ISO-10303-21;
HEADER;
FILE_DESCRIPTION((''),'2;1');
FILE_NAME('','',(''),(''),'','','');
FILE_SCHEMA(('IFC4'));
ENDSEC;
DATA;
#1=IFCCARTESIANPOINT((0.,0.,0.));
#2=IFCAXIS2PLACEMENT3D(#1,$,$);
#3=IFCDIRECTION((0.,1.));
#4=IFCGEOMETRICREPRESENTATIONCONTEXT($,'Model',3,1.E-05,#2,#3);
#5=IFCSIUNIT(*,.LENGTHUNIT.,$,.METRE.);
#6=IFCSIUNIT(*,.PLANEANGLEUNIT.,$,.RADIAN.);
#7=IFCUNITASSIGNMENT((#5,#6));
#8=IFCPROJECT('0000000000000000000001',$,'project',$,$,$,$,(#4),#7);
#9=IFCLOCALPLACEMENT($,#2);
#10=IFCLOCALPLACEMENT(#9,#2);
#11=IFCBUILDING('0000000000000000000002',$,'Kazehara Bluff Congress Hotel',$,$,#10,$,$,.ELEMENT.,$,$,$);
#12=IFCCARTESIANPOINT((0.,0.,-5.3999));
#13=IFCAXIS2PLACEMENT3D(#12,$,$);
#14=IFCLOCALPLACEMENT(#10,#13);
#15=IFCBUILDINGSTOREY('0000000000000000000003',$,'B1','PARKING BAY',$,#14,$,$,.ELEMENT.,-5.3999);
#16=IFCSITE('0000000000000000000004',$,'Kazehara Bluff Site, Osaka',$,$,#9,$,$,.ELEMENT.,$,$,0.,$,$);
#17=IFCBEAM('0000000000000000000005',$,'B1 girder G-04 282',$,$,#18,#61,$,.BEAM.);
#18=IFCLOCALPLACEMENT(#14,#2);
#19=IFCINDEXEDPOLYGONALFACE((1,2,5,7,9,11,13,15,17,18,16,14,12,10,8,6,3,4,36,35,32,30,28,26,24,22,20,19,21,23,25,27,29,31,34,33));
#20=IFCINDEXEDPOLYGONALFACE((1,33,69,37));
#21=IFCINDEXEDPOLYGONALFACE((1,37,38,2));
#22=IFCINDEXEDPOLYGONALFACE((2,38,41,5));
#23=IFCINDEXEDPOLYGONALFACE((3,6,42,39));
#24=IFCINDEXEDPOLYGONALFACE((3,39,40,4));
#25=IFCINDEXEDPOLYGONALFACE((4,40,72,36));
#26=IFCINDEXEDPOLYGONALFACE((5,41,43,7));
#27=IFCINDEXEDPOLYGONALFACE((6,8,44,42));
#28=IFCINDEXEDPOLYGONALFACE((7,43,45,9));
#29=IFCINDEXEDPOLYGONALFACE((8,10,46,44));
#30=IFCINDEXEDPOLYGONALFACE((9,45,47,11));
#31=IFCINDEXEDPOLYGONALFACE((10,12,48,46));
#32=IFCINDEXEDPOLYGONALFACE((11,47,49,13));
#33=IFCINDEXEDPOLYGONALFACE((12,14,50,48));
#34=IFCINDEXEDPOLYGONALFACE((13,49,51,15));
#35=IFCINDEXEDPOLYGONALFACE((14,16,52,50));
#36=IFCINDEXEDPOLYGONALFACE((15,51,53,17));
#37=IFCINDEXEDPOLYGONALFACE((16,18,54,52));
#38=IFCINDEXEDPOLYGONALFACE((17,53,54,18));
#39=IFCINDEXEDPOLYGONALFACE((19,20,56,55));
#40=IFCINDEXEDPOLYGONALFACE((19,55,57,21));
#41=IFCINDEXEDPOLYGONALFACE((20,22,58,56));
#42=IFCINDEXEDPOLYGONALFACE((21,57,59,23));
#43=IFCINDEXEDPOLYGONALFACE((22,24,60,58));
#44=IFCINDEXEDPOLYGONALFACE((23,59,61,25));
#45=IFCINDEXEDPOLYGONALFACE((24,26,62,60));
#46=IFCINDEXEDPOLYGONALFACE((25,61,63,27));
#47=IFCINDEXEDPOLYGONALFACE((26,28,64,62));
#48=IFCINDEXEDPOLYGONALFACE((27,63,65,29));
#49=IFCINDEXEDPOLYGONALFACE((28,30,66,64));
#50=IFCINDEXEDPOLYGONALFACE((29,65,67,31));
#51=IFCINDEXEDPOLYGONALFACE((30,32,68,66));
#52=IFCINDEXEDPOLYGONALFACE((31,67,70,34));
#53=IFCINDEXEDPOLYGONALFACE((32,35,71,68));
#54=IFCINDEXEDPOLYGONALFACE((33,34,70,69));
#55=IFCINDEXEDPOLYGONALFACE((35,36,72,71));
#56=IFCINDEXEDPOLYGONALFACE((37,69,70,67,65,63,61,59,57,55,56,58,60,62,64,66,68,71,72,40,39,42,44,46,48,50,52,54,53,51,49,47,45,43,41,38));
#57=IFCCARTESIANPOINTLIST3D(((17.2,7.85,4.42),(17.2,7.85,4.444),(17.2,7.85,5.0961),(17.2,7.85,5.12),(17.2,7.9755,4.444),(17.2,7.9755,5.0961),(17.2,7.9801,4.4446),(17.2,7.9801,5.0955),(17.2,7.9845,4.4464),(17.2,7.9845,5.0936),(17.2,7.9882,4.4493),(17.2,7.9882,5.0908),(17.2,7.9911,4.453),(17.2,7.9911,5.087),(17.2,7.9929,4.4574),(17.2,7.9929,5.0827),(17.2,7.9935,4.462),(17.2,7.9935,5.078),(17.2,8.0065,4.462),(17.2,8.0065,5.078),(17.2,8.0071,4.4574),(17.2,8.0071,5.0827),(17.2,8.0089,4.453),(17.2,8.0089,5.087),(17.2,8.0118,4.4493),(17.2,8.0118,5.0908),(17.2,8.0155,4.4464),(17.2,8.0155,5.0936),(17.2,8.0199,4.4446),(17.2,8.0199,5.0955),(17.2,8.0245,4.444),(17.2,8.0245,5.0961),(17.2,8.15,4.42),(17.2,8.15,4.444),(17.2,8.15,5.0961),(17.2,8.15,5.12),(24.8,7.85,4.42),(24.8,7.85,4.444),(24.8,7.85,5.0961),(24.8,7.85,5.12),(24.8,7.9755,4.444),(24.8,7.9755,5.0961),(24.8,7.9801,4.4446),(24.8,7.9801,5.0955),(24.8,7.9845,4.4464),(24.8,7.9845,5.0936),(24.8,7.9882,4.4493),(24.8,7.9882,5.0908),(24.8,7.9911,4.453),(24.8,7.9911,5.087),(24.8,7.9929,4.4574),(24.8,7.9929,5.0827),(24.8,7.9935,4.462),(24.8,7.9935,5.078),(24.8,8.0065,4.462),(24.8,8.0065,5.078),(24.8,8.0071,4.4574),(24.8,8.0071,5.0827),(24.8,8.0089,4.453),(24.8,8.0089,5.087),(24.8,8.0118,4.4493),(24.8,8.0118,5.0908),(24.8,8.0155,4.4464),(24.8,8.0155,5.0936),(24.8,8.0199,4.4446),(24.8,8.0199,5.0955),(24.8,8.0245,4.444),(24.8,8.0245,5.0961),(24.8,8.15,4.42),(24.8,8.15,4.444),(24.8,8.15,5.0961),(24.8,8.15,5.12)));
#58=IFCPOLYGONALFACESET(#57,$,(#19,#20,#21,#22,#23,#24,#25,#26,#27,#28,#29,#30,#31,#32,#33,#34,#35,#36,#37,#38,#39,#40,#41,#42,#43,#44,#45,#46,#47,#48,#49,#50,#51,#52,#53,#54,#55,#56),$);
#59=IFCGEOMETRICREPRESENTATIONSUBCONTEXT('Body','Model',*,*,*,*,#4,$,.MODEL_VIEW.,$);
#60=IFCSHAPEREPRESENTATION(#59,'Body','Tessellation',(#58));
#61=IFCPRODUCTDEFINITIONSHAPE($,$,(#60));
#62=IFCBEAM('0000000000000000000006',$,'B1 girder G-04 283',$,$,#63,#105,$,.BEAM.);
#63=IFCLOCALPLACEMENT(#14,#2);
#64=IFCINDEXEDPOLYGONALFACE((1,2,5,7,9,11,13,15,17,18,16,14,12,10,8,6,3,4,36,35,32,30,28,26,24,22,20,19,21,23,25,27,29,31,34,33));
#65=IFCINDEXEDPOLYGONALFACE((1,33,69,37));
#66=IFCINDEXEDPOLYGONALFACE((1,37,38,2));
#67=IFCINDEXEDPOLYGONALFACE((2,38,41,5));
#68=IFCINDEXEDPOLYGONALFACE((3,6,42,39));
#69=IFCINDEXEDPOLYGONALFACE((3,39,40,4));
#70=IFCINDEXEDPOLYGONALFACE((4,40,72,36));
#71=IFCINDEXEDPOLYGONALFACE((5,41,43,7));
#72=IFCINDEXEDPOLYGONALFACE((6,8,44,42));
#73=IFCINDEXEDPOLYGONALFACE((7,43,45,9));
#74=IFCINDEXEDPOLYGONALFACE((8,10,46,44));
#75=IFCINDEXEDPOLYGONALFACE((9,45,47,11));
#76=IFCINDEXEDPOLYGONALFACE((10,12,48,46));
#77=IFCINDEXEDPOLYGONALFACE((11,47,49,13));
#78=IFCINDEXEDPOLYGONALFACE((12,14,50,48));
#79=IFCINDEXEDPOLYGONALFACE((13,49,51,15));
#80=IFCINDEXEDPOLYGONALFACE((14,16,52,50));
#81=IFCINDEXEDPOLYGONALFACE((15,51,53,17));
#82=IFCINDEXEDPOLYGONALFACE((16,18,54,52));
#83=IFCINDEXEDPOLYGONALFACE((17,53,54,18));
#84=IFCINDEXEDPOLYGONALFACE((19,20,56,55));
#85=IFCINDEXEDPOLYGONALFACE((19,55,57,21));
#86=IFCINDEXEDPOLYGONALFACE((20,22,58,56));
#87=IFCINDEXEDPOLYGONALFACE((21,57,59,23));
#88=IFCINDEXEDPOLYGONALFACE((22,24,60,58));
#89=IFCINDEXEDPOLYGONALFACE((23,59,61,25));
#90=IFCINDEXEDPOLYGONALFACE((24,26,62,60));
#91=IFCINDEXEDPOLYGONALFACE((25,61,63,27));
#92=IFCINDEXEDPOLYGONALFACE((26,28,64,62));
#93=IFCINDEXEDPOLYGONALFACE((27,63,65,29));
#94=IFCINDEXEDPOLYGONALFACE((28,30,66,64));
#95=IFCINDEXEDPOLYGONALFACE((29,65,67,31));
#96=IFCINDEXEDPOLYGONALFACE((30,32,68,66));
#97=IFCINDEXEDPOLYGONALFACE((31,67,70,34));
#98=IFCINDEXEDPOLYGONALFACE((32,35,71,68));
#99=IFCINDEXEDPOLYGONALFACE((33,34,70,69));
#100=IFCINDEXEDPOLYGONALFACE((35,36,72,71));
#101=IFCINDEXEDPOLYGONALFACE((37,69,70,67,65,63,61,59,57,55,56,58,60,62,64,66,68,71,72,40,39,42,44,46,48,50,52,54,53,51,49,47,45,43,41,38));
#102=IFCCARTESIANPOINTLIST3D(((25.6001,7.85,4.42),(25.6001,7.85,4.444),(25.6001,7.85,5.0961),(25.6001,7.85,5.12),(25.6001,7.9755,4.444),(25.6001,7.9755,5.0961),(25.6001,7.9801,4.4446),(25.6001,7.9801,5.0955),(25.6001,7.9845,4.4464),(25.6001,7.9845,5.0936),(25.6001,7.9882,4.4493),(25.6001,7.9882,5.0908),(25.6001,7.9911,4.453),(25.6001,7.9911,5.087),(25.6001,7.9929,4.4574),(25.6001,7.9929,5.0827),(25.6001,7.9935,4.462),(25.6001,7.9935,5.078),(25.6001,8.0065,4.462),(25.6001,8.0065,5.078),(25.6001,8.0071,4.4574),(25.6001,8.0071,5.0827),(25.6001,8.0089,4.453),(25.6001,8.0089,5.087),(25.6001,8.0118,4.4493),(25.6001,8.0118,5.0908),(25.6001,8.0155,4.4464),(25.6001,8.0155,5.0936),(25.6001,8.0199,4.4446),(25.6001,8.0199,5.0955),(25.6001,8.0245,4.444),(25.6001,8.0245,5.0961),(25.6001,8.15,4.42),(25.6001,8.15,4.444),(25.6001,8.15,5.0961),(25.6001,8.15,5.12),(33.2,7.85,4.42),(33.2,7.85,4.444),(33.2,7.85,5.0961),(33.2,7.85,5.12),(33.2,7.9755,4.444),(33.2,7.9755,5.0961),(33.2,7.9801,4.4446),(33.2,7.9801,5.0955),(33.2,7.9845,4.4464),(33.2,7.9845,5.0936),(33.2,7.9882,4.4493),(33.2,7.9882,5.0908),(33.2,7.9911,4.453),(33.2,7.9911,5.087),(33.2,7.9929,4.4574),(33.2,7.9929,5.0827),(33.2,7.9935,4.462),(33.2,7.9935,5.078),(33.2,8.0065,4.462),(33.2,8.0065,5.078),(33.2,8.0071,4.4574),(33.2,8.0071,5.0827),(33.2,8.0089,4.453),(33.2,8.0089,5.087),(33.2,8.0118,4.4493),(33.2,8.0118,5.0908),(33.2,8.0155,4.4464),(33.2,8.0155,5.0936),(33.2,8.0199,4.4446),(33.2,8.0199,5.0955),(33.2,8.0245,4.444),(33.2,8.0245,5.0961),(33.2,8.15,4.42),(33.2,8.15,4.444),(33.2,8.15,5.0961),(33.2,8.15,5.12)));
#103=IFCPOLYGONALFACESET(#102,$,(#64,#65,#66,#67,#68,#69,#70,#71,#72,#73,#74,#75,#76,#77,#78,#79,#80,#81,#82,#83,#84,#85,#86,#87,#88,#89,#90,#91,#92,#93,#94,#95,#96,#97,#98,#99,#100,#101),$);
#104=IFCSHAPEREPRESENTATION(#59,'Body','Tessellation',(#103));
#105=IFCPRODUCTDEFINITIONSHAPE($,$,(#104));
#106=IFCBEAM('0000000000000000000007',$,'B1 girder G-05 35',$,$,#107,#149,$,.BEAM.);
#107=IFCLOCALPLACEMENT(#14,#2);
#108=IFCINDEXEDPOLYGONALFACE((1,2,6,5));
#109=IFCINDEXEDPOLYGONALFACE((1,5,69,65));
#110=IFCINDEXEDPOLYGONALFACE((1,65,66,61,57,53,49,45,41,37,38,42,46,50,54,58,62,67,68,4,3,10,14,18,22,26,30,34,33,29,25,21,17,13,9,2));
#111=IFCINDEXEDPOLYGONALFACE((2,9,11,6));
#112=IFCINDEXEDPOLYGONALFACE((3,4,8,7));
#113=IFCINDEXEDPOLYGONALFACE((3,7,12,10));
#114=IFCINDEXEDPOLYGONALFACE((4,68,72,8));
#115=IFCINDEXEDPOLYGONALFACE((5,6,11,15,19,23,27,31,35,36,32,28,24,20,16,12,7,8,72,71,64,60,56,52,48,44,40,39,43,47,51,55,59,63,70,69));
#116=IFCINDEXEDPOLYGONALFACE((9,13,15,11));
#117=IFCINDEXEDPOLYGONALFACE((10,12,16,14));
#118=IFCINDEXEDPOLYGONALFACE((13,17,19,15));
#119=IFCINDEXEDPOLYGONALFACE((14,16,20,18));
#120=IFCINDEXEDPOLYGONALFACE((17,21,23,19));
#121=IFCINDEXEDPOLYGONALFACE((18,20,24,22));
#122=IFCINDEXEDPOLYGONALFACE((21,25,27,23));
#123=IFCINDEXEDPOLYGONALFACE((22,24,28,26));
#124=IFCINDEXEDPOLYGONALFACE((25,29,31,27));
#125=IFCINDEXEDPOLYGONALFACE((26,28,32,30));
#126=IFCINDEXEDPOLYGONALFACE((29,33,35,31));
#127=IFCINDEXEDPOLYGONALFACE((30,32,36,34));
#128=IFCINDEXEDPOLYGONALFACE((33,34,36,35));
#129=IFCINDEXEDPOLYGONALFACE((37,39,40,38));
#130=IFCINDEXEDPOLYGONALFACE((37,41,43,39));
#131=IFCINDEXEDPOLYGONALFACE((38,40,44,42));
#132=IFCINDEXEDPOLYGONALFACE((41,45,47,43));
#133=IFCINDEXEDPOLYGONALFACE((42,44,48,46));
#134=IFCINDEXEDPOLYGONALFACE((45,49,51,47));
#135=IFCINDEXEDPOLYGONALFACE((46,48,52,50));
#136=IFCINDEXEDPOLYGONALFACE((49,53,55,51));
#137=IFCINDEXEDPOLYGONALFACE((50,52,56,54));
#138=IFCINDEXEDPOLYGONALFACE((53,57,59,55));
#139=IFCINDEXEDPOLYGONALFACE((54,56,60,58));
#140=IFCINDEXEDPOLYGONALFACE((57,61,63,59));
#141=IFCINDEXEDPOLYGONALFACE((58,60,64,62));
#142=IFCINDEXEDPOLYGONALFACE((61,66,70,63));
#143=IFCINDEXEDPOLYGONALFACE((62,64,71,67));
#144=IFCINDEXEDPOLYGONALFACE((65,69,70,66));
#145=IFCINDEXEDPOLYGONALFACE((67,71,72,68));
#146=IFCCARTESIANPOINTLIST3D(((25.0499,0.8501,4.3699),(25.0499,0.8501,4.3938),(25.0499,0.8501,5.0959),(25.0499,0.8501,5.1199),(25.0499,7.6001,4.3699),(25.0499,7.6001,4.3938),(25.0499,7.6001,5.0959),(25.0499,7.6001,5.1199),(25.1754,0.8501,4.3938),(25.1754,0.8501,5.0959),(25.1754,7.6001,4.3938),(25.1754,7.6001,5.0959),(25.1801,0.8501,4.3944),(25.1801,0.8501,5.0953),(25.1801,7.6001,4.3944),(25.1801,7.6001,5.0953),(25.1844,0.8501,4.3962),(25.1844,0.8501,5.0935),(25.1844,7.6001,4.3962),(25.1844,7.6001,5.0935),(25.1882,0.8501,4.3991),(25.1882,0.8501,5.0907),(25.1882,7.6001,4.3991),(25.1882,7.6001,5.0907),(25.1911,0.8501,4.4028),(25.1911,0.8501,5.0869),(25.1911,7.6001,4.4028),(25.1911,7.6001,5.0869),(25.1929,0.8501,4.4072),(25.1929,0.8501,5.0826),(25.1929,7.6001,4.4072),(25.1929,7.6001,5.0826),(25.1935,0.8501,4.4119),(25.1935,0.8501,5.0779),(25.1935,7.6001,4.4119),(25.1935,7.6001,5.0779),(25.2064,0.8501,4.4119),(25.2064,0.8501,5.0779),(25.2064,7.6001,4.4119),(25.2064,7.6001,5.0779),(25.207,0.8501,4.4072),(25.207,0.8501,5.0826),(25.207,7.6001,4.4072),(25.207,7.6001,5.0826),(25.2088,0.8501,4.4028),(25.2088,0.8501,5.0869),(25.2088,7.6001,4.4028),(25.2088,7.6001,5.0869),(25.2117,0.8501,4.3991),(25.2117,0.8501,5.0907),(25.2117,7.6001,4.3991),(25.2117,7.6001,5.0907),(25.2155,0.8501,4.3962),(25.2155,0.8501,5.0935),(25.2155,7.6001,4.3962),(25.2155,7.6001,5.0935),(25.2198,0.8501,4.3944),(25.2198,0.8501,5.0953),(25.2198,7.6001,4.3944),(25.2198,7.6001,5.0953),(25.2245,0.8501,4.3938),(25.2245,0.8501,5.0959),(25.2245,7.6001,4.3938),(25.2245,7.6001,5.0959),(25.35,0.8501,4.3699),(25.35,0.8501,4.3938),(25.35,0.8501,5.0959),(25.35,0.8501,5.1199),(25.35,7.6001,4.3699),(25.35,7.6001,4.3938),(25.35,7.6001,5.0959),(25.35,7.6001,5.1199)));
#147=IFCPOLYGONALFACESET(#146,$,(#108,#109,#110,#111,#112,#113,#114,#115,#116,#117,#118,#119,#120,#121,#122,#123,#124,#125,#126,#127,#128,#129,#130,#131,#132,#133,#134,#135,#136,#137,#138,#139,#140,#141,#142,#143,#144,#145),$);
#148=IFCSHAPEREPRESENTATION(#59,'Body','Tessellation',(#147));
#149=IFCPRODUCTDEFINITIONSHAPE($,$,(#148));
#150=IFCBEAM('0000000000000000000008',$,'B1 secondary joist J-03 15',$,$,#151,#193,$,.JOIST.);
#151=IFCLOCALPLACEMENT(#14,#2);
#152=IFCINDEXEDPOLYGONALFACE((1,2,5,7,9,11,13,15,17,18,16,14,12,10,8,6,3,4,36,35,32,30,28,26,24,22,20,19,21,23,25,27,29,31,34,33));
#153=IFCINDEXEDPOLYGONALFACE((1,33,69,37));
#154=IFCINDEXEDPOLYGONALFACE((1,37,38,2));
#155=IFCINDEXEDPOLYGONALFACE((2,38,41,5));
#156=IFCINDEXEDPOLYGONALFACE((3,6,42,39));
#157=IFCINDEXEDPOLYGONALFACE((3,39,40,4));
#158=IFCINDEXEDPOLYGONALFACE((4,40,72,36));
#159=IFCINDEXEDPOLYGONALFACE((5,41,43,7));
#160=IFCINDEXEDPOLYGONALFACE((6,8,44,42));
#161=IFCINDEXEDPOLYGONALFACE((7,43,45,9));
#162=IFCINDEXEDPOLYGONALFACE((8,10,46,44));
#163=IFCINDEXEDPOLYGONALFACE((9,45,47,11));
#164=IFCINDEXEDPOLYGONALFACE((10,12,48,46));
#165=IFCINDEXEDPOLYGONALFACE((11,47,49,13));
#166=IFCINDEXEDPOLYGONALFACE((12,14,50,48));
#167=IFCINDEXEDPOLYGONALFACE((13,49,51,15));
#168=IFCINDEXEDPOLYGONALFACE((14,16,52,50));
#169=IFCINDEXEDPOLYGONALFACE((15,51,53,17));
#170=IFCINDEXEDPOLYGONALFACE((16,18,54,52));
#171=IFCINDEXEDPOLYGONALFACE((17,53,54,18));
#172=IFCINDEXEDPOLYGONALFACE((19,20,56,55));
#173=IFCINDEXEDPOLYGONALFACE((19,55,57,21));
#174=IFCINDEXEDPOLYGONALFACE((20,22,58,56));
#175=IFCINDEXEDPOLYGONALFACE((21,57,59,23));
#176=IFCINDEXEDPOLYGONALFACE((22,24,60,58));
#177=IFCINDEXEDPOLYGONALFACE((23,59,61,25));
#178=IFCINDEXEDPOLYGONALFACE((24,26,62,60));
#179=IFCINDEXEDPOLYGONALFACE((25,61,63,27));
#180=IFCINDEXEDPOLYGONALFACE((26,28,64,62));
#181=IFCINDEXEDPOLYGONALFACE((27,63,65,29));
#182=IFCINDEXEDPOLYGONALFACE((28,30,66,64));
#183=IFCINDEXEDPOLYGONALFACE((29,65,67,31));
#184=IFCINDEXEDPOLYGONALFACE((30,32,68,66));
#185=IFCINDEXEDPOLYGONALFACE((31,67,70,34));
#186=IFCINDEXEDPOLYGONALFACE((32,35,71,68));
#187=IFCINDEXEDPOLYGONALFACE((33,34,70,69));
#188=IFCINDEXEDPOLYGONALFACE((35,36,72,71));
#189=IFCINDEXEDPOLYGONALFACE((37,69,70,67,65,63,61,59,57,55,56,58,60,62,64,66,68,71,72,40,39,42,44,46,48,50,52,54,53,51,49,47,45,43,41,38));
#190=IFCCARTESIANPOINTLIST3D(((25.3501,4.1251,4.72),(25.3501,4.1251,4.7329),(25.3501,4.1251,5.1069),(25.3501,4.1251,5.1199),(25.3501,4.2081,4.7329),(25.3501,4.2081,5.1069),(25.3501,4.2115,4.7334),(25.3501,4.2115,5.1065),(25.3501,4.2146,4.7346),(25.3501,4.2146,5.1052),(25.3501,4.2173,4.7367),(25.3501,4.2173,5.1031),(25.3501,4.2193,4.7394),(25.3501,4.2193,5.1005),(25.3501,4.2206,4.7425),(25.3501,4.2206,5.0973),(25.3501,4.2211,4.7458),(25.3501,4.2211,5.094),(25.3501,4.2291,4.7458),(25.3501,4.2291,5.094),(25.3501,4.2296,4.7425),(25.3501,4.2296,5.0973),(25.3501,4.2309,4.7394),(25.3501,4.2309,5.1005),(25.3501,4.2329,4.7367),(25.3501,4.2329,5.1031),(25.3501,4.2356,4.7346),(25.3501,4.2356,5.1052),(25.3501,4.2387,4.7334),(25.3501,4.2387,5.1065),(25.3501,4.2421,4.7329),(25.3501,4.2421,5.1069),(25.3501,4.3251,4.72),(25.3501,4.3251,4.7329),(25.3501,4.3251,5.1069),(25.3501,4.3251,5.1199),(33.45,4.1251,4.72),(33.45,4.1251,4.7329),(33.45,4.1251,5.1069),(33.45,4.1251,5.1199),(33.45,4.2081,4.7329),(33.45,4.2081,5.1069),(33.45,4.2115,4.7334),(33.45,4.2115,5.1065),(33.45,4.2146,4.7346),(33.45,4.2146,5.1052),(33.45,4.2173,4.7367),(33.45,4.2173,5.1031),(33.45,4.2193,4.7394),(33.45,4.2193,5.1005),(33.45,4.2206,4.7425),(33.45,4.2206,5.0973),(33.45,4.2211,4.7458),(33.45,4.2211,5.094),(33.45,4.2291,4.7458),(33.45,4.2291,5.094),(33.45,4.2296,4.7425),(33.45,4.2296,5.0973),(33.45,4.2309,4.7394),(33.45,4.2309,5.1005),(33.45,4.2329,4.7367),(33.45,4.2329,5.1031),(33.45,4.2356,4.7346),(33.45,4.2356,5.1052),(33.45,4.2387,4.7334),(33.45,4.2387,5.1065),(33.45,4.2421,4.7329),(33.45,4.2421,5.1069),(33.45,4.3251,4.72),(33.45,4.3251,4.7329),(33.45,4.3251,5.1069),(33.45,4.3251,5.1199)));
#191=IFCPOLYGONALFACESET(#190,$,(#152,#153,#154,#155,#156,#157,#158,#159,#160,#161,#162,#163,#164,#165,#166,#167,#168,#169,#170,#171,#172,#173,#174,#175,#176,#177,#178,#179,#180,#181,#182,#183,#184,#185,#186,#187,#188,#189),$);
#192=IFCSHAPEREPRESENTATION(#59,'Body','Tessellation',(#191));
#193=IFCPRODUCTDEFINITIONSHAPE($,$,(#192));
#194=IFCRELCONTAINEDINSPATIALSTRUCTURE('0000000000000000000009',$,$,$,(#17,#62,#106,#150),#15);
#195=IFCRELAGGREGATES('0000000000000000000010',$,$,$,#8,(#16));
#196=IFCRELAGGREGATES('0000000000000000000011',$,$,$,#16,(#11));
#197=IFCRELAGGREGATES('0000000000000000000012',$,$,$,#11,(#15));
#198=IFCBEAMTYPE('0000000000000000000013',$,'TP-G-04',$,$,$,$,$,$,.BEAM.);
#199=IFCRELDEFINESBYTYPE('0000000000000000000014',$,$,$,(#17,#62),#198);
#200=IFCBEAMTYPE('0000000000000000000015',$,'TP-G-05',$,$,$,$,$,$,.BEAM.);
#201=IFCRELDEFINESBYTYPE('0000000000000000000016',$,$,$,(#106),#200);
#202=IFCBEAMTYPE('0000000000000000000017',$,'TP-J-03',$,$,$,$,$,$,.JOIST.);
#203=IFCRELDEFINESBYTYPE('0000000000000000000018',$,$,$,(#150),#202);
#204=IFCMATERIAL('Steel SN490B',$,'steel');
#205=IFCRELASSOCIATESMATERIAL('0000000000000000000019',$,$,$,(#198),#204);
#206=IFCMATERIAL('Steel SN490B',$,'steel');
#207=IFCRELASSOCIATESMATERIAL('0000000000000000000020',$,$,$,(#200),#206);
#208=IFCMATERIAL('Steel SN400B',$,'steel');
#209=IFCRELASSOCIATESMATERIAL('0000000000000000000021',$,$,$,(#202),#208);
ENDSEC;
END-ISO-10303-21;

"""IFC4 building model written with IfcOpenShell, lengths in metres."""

from ifc_helpers import new_model, si_unit, direction, frame, origin, origin_2d, place, context, subcontext, project, spatial, i_section, extrude, material, material_profile, profile_set, type_object, element, save


model = new_model("IFC4")

# Units and contexts
model_context = context("Model", 3, precision=1e-05, world=origin(), true_north=direction((0.0, 1.0)))
body_context = subcontext(model_context, "Body", "Model", "MODEL_VIEW")
ifc_project = project(units=[si_unit("LENGTHUNIT", "METRE"), si_unit("PLANEANGLEUNIT", "RADIAN")], contexts=[model_context])

# Site, building, storey
site_placement = place(None, origin())
site = spatial("IfcSite", under=ifc_project, at=site_placement, Name="Kazehara Bluff Site, Osaka", CompositionType="ELEMENT", RefElevation=0.0)
building_placement = place(site_placement, origin())
building = spatial("IfcBuilding", under=site, at=building_placement, Name="Kazehara Bluff Congress Hotel", CompositionType="ELEMENT")
storey_placement = place(building_placement, frame((0.0, 0.0, -5.3999)))
storey = spatial("IfcBuildingStorey", under=building, at=storey_placement, Name="B1", Description="PARKING BAY", CompositionType="ELEMENT", Elevation=-5.3999)

# Beams
ifc_material_1 = material(Name="Steel SN490B", Category="steel")
ifc_material_profile_1 = material_profile(ifc_material_1, i_section(OverallWidth=0.3, OverallDepth=0.7, WebThickness=0.0129, FlangeThickness=0.0239, FilletRadius=0.0181, at=origin_2d()))
ifc_profile_set_1 = profile_set([ifc_material_profile_1], Name="Steel SN490B")
beam_type_1 = type_object("IfcBeamType", Name="TP-G-04", PredefinedType="BEAM", material=ifc_profile_set_1)
beam_1_placement = place(storey_placement, frame((17.2, 8.0, 4.77), z_axis=(1.0, 0.0, 0.0), x_axis=(0.0, 1.0, 0.0)))
element("IfcBeam", 1, at=beam_1_placement, inside=storey, type_object=beam_type_1, Name="B1 girder G-04 282", PredefinedType="BEAM", context=body_context, shape_type="SweptSolid", body=[
    extrude(i_section(OverallWidth=0.3, OverallDepth=0.7, WebThickness=0.0129, FlangeThickness=0.0239, FilletRadius=0.0181, at=origin_2d()), origin(), (0.0, 0.0, 1.0), 7.6001),
])
beam_2_placement = place(storey_placement, frame((25.6001, 8.0, 4.77), z_axis=(1.0, 0.0, 0.0), x_axis=(0.0, 1.0, 0.0)))
element("IfcBeam", 2, at=beam_2_placement, inside=storey, type_object=beam_type_1, Name="B1 girder G-04 283", PredefinedType="BEAM", context=body_context, shape_type="SweptSolid", body=[
    extrude(i_section(OverallWidth=0.3, OverallDepth=0.7, WebThickness=0.0129, FlangeThickness=0.0239, FilletRadius=0.0181, at=origin_2d()), origin(), (0.0, 0.0, 1.0), 7.5999),
])
ifc_material_2 = material(Name="Steel SN490B", Category="steel")
ifc_material_profile_2 = material_profile(ifc_material_2, i_section(OverallWidth=0.3, OverallDepth=0.75, WebThickness=0.0129, FlangeThickness=0.0239, FilletRadius=0.0181, at=origin_2d()))
ifc_profile_set_2 = profile_set([ifc_material_profile_2], Name="Steel SN490B")
beam_type_2 = type_object("IfcBeamType", Name="TP-G-05", PredefinedType="BEAM", material=ifc_profile_set_2)
beam_3_placement = place(storey_placement, frame((25.2, 0.8501, 4.7449), z_axis=(0.0, 1.0, 0.0), x_axis=(-1.0, 0.0, 0.0)))
element("IfcBeam", 3, at=beam_3_placement, inside=storey, type_object=beam_type_2, Name="B1 girder G-05 35", PredefinedType="BEAM", context=body_context, shape_type="SweptSolid", body=[
    extrude(i_section(OverallWidth=0.3, OverallDepth=0.75, WebThickness=0.0129, FlangeThickness=0.0239, FilletRadius=0.0181, at=origin_2d()), origin(), (0.0, 0.0, 1.0), 6.75),
])
ifc_material_3 = material(Name="Steel SN400B", Category="steel")
ifc_material_profile_3 = material_profile(ifc_material_3, i_section(OverallWidth=0.2, OverallDepth=0.3999, WebThickness=0.0081, FlangeThickness=0.0129, FilletRadius=0.0129, at=origin_2d()))
ifc_profile_set_3 = profile_set([ifc_material_profile_3], Name="Steel SN400B")
beam_type_3 = type_object("IfcBeamType", Name="TP-J-03", PredefinedType="JOIST", material=ifc_profile_set_3)
beam_4_placement = place(storey_placement, frame((25.3501, 4.2251, 4.9199), z_axis=(1.0, 0.0, 0.0), x_axis=(0.0, 1.0, 0.0)))
element("IfcBeam", 4, at=beam_4_placement, inside=storey, type_object=beam_type_3, Name="B1 secondary joist J-03 15", PredefinedType="JOIST", context=body_context, shape_type="SweptSolid", body=[
    extrude(i_section(OverallWidth=0.2, OverallDepth=0.3999, WebThickness=0.0081, FlangeThickness=0.0129, FilletRadius=0.0129, at=origin_2d()), origin(), (0.0, 0.0, 1.0), 8.0999),
])

save(model, "model.ifc")
